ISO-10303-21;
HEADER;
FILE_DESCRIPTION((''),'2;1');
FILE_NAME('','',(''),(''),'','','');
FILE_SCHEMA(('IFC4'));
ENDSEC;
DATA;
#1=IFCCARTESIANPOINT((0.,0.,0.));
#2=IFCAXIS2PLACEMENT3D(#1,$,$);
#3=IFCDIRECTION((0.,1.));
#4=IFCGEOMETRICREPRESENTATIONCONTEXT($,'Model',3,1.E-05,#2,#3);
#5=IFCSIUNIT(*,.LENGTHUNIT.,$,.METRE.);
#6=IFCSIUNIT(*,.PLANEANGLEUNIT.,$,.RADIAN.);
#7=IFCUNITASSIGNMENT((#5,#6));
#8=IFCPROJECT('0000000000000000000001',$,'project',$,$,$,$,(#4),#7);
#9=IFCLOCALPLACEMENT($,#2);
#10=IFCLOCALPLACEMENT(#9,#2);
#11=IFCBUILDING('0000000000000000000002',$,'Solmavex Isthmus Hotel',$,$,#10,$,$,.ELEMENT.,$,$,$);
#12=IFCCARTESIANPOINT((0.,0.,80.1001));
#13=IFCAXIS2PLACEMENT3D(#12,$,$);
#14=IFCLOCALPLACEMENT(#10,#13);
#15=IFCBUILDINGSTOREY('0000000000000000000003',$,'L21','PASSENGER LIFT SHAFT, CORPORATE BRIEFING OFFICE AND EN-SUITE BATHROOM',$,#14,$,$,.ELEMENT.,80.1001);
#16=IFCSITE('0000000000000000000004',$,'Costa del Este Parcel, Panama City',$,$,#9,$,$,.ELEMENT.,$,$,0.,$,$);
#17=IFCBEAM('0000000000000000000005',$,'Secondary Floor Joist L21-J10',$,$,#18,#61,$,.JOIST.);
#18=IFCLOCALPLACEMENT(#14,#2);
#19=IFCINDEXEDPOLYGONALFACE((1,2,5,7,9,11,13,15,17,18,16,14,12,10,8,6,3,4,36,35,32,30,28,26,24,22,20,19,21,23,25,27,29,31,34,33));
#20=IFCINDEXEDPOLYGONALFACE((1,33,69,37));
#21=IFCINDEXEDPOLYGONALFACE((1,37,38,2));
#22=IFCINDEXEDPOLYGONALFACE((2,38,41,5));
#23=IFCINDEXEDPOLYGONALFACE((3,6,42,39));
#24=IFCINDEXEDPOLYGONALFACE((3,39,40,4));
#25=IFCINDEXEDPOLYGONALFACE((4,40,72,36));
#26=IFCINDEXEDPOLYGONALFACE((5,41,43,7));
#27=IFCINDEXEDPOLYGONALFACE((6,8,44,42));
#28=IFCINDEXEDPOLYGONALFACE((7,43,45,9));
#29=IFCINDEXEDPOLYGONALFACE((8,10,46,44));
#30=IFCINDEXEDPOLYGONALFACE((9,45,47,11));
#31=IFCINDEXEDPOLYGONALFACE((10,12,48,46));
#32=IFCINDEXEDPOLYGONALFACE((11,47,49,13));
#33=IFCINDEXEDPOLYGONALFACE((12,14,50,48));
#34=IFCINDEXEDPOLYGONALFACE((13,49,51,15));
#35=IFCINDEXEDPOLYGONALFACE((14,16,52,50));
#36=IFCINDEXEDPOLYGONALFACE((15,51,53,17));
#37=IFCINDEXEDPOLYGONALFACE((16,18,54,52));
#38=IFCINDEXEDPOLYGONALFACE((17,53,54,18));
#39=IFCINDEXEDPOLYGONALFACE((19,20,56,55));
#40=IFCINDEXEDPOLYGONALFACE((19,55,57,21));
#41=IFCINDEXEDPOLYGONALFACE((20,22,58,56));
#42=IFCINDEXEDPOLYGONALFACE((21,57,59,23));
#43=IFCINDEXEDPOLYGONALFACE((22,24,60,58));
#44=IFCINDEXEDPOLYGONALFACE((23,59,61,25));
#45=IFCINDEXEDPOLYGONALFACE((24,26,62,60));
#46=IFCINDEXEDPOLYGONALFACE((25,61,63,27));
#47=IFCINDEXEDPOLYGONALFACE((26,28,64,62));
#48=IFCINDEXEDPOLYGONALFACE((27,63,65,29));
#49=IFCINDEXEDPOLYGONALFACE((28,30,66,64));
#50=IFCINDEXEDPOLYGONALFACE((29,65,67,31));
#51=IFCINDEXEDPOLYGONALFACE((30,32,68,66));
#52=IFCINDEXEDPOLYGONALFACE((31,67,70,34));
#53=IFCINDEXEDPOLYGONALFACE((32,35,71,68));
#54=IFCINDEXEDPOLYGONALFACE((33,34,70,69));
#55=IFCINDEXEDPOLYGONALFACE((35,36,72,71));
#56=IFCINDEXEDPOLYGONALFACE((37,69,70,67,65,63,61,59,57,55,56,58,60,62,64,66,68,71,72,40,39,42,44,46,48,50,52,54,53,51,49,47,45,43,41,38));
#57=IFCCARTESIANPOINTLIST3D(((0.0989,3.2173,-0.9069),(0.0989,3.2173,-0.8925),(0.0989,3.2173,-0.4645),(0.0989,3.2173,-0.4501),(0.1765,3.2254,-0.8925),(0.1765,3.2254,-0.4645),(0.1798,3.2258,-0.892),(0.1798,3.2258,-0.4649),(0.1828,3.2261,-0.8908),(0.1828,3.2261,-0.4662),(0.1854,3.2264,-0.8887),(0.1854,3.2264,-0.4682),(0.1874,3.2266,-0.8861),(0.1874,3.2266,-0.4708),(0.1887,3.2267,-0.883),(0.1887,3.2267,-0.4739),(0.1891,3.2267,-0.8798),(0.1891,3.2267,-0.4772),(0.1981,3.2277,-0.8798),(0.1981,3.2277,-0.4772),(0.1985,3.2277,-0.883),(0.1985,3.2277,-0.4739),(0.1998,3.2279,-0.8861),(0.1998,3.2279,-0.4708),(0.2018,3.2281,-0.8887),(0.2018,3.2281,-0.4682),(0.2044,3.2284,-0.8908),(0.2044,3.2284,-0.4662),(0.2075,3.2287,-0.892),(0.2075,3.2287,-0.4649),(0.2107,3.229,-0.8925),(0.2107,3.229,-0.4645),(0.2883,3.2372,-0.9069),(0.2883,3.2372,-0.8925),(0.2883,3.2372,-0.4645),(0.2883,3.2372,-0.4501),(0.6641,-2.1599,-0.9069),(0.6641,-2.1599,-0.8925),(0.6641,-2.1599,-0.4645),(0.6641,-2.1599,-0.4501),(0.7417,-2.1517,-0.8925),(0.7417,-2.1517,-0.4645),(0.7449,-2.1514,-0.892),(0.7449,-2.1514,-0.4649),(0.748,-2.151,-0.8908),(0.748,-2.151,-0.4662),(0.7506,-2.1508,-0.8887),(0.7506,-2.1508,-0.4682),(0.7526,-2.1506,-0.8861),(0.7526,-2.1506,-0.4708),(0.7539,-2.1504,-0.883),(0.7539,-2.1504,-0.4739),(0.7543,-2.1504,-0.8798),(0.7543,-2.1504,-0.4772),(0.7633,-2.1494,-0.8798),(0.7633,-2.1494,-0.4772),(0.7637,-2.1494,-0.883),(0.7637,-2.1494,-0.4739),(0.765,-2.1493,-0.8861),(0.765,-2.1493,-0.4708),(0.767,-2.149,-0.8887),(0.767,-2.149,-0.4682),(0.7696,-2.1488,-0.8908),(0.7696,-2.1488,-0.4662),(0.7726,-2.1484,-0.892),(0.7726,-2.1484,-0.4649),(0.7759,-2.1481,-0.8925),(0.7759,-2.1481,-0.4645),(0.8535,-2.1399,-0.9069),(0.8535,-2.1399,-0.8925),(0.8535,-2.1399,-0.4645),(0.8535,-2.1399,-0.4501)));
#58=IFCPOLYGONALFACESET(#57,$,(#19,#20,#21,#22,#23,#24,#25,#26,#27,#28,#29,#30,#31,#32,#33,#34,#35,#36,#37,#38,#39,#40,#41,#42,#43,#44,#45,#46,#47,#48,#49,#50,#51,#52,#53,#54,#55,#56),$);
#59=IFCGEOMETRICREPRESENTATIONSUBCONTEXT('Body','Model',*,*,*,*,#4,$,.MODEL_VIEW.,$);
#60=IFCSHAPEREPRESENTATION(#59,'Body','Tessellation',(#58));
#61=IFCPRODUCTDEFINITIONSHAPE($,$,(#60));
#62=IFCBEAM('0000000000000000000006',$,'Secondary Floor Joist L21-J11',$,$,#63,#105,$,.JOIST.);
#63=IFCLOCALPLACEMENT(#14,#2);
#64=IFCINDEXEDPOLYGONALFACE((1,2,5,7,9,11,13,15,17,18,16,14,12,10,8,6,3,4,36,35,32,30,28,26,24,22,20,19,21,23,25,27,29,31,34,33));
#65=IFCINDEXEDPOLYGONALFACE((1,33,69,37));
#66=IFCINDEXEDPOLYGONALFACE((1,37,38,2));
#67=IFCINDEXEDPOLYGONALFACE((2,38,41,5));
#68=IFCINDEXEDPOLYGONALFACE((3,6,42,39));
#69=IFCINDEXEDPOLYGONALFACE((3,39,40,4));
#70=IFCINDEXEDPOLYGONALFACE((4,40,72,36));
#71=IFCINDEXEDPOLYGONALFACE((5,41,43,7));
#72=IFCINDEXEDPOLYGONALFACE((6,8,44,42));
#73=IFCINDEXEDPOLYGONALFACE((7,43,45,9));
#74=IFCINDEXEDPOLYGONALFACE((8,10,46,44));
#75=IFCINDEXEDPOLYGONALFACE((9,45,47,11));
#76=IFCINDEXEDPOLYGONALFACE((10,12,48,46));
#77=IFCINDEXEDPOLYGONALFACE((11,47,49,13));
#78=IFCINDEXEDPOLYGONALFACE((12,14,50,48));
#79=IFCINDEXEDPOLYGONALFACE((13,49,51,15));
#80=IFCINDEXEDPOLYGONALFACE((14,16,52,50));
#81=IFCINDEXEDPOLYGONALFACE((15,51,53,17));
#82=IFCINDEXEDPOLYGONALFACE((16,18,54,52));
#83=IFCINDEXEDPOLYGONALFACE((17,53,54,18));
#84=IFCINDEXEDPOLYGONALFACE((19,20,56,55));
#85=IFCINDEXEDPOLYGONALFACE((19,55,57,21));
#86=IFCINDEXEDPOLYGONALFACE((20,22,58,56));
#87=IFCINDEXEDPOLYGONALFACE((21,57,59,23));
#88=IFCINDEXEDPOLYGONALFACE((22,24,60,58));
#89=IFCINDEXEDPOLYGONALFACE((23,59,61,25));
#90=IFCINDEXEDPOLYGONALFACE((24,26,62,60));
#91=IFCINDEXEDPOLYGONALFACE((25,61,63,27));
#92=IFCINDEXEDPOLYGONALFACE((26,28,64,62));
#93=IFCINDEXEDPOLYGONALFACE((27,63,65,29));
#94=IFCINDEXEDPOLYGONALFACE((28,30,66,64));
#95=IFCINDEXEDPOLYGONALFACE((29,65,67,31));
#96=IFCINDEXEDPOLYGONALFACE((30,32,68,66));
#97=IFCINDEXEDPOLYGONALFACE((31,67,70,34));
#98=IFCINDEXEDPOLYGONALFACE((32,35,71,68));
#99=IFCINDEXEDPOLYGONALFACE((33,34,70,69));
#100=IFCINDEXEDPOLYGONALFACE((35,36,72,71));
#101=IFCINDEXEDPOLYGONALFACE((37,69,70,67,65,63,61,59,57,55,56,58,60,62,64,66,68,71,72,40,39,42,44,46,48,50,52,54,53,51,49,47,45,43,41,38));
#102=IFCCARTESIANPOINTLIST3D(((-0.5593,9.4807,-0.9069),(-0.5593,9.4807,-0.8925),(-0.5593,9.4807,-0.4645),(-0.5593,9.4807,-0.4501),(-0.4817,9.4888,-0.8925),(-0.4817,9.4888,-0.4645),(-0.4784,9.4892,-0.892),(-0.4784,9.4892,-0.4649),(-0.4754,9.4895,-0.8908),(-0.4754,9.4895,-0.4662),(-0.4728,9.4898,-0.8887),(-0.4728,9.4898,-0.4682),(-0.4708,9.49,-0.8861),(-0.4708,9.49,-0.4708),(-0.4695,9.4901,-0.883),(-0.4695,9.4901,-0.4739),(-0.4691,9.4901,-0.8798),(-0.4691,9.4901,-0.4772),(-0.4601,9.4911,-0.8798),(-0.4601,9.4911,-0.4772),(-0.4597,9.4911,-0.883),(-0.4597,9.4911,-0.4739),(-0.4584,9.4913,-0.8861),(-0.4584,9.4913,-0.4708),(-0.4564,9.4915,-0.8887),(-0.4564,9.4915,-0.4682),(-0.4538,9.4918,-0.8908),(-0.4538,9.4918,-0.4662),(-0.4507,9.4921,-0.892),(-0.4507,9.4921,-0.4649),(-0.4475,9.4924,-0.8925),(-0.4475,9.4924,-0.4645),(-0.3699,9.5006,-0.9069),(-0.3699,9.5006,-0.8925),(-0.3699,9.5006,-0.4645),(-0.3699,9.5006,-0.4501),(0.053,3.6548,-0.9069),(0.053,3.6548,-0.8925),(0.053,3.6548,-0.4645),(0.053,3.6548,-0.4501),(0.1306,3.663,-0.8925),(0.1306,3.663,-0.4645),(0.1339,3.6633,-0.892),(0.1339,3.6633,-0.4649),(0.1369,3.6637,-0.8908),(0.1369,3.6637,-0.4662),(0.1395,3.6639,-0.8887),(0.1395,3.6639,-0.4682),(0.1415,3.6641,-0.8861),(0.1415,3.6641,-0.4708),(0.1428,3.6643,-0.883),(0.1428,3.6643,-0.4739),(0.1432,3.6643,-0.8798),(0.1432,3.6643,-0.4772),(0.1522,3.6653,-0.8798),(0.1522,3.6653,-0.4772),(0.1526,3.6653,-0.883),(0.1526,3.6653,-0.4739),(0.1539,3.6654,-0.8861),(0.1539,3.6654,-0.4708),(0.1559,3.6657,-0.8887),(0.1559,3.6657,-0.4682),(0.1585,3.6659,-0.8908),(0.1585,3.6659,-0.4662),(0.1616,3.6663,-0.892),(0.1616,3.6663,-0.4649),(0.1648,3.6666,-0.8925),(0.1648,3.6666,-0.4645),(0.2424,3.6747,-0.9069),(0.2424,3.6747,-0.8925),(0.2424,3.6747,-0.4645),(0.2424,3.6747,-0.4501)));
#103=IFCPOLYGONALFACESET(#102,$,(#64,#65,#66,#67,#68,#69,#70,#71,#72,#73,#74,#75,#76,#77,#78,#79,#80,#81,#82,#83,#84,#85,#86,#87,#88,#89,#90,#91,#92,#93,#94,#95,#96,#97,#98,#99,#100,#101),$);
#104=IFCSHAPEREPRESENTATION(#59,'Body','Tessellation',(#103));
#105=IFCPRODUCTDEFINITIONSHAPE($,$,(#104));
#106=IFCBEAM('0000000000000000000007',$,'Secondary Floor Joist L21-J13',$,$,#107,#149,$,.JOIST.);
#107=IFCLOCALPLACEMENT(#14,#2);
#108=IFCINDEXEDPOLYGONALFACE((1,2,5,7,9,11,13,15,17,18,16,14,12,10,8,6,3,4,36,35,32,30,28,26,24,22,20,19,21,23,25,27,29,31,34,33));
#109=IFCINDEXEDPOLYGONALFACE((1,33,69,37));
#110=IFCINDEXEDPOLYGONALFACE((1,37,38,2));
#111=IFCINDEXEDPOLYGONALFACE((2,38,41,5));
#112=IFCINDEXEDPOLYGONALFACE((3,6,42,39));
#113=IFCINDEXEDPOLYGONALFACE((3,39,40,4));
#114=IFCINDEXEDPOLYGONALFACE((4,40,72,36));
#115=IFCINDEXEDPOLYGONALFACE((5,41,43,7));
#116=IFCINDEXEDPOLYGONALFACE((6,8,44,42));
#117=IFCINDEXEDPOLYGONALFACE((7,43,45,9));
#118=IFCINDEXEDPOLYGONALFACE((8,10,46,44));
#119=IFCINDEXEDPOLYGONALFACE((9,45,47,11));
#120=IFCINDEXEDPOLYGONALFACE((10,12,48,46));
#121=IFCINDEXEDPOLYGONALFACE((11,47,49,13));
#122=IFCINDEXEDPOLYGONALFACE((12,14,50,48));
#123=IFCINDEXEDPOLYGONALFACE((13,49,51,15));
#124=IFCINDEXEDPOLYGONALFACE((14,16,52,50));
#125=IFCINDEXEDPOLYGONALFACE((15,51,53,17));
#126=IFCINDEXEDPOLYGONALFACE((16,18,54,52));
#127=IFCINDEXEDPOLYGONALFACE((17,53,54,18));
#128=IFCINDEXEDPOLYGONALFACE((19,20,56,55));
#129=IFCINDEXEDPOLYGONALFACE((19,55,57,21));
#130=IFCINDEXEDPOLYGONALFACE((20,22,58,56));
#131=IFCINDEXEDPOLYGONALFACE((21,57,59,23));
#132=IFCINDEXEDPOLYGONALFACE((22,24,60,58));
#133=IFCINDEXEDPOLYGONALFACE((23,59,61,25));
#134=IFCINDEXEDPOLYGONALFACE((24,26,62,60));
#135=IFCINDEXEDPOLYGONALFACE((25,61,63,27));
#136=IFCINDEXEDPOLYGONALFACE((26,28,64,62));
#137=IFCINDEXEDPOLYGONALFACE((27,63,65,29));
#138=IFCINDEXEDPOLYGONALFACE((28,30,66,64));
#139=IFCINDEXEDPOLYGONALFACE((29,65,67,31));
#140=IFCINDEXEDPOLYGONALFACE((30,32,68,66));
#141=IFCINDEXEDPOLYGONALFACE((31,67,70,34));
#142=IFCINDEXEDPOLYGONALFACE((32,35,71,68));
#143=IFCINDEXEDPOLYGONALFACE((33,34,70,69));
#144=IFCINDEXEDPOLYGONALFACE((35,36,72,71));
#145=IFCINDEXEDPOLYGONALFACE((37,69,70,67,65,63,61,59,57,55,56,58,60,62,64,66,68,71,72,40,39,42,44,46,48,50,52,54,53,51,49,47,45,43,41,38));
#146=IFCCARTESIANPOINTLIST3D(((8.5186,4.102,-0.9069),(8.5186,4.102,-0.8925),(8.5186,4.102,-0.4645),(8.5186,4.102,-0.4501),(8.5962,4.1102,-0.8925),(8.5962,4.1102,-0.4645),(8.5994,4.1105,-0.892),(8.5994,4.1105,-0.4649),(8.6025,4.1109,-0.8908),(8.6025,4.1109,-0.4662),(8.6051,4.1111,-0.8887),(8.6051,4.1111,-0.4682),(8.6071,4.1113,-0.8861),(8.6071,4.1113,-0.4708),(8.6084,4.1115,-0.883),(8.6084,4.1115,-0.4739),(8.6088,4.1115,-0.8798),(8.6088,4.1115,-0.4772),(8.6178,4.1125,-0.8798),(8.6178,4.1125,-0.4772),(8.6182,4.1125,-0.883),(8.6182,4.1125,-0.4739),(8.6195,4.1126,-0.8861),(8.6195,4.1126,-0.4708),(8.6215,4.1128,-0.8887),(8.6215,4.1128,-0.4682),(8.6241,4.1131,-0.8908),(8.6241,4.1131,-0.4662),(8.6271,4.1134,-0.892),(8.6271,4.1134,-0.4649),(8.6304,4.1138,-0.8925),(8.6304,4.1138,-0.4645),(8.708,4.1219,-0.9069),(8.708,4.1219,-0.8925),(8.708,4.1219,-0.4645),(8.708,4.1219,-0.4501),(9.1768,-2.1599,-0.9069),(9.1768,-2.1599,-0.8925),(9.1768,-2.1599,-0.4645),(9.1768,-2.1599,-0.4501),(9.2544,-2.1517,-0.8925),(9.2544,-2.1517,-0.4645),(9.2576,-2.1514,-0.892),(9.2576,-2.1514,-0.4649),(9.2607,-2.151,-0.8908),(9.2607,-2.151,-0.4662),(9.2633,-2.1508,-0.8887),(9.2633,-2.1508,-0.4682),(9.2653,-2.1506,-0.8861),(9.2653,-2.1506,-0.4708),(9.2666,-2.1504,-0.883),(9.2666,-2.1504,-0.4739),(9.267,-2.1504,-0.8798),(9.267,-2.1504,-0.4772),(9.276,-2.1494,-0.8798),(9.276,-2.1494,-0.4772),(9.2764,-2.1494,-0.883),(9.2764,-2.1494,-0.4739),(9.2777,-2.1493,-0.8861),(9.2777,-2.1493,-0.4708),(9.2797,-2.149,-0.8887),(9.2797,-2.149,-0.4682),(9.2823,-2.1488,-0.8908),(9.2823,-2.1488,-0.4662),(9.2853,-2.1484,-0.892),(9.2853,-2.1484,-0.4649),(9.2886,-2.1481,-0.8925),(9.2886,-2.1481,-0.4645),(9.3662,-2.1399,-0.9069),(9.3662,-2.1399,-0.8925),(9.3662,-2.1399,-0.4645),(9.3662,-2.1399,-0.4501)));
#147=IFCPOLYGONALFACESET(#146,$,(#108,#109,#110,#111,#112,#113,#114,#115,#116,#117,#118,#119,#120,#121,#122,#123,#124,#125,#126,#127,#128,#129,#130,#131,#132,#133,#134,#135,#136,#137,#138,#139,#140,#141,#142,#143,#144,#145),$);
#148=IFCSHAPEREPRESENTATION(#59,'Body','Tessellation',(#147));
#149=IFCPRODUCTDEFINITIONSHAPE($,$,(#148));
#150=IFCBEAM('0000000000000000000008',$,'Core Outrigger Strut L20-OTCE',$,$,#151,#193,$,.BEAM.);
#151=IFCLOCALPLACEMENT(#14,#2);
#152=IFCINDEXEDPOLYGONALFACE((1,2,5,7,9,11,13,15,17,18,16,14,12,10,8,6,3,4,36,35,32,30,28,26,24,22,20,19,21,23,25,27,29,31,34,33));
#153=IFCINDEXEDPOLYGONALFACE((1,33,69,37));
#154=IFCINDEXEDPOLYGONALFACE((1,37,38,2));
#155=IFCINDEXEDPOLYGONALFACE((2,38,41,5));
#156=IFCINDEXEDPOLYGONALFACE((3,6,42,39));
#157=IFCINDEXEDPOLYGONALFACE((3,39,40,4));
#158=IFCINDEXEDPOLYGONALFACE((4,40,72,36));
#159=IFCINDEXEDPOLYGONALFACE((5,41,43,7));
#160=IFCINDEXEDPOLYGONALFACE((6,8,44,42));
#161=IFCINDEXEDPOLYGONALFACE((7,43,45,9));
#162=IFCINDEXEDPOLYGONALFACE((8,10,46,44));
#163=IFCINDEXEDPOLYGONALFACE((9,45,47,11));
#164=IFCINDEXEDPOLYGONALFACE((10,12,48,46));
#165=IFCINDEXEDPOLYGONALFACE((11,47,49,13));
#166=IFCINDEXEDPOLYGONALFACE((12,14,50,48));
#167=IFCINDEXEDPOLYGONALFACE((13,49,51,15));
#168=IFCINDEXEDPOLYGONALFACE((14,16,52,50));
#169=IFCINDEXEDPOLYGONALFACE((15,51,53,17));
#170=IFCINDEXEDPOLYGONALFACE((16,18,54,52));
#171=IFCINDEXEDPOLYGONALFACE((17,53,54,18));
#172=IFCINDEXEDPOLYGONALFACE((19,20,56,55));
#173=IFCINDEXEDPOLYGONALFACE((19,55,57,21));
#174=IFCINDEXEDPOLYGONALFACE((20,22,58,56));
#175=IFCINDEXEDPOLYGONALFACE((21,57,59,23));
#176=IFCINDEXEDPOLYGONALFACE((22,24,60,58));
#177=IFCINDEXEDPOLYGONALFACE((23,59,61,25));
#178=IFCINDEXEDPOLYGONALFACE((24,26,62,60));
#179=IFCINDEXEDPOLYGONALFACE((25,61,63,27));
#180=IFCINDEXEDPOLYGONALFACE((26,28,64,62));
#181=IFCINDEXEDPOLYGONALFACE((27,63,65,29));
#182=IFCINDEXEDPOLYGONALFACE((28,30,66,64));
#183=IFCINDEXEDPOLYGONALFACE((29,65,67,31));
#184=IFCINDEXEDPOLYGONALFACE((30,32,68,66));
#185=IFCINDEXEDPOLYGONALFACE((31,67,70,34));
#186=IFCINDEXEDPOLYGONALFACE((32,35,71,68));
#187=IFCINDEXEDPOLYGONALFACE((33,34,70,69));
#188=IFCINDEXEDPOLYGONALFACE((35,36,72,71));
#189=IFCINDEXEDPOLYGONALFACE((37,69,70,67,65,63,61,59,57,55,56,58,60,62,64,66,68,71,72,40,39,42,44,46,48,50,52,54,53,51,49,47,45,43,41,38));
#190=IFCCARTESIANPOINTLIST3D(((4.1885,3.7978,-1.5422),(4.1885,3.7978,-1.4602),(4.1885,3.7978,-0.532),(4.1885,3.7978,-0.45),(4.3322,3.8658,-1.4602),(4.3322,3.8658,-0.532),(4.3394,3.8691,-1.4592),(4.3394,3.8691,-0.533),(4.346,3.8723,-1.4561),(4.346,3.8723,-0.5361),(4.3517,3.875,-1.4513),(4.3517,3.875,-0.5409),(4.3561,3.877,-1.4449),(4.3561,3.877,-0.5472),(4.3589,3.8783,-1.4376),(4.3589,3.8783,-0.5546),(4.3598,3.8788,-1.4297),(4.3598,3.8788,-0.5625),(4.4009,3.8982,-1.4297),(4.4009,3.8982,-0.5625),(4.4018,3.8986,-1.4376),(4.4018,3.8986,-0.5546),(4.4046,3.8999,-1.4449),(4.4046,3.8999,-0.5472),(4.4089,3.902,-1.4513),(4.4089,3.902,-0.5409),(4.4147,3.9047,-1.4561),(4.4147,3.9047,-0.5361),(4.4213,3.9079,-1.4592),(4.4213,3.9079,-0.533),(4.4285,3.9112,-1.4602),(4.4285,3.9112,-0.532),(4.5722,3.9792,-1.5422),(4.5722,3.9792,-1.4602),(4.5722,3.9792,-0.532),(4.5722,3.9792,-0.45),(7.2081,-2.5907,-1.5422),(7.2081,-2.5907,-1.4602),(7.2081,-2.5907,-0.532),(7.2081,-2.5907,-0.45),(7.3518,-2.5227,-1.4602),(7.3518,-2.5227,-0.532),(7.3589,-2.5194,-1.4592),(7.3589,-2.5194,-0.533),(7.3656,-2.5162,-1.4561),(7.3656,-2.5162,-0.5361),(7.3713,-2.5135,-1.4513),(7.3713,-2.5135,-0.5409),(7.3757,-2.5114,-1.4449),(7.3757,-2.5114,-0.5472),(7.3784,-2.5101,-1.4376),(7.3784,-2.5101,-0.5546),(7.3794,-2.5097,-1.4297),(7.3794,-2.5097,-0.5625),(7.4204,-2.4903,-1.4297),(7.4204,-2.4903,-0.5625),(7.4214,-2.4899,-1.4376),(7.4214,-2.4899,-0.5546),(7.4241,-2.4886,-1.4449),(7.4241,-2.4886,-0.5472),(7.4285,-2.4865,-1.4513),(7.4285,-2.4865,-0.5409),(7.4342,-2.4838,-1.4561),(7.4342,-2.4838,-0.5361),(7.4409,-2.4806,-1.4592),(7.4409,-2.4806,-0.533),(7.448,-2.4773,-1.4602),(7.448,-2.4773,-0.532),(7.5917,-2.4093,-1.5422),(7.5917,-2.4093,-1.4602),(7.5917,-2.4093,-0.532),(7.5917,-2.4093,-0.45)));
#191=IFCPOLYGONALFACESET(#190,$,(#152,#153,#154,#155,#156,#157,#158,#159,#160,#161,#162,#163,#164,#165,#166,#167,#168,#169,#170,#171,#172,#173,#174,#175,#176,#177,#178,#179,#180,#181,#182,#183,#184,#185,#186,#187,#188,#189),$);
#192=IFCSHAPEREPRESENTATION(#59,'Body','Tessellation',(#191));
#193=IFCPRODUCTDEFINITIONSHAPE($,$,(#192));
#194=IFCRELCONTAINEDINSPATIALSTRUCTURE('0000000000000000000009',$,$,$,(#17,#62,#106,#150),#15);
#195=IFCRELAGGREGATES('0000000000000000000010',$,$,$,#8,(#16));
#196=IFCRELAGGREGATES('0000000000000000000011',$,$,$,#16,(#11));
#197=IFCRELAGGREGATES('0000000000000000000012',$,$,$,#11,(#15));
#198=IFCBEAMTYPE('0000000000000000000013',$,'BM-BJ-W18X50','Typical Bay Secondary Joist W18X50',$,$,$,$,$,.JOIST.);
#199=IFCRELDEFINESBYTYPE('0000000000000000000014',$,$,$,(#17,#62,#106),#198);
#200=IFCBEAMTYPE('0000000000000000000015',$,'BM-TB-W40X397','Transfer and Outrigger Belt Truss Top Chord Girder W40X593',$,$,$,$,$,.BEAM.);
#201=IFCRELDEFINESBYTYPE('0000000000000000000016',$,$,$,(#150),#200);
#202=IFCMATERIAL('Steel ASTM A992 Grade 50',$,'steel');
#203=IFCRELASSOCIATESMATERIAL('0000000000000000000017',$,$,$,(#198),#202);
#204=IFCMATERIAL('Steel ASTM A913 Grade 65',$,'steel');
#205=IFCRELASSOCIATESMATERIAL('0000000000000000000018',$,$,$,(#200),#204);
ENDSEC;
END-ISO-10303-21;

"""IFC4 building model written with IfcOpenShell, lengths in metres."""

from ifc_helpers import new_model, si_unit, direction, frame, origin, origin_2d, place, context, subcontext, project, spatial, i_section, extrude, material, material_profile, profile_set, type_object, element, save


model = new_model("IFC4")

# Units and contexts
model_context = context("Model", 3, precision=1e-05, world=origin(), true_north=direction((0.0, 1.0)))
body_context = subcontext(model_context, "Body", "Model", "MODEL_VIEW")
ifc_project = project(units=[si_unit("LENGTHUNIT", "METRE"), si_unit("PLANEANGLEUNIT", "RADIAN")], contexts=[model_context])

# Site, building, storey
site_placement = place(None, origin())
site = spatial("IfcSite", under=ifc_project, at=site_placement, Name="Costa del Este Parcel, Panama City", CompositionType="ELEMENT", RefElevation=0.0)
building_placement = place(site_placement, origin())
building = spatial("IfcBuilding", under=site, at=building_placement, Name="Solmavex Isthmus Hotel", CompositionType="ELEMENT")
storey_placement = place(building_placement, frame((0.0, 0.0, 80.1001)))
storey = spatial("IfcBuildingStorey", under=building, at=storey_placement, Name="L21", Description="PASSENGER LIFT SHAFT, CORPORATE BRIEFING OFFICE AND EN-SUITE BATHROOM", CompositionType="ELEMENT", Elevation=80.1001)

# Beams
ifc_material_1 = material(Name="Steel ASTM A992 Grade 50", Category="steel")
ifc_material_profile_1 = material_profile(ifc_material_1, i_section(OverallWidth=0.1904, OverallDepth=0.4568, WebThickness=0.009, FlangeThickness=0.0144, FilletRadius=0.0127, at=origin_2d()), Name="W18X50")
ifc_profile_set_1 = profile_set([ifc_material_profile_1], Name="Steel ASTM A992 Grade 50")
beam_type_1 = type_object("IfcBeamType", Name="BM-BJ-W18X50", Description="Typical Bay Secondary Joist W18X50", PredefinedType="JOIST", material=ifc_profile_set_1)
beam_1_placement = place(storey_placement, frame((0.7588, -2.1499, -0.6785), z_axis=(-0.104532, 0.994522, 0.0), x_axis=(-0.994522, -0.104532, 0.0)))
element("IfcBeam", 1, at=beam_1_placement, inside=storey, type_object=beam_type_1, Name="Secondary Floor Joist L21-J10", PredefinedType="JOIST", context=body_context, shape_type="SweptSolid", body=[
    extrude(i_section(OverallWidth=0.1904, OverallDepth=0.4568, WebThickness=0.009, FlangeThickness=0.0144, FilletRadius=0.0127, at=origin_2d()), origin(), (0.0, 0.0, 1.0), 5.4067),
])
beam_2_placement = place(storey_placement, frame((0.1477, 3.6648, -0.6785), z_axis=(-0.104524, 0.994522, 0.0), x_axis=(-0.994522, -0.104524, 0.0)))
element("IfcBeam", 2, at=beam_2_placement, inside=storey, type_object=beam_type_1, Name="Secondary Floor Joist L21-J11", PredefinedType="JOIST", context=body_context, shape_type="SweptSolid", body=[
    extrude(i_section(OverallWidth=0.1904, OverallDepth=0.4568, WebThickness=0.009, FlangeThickness=0.0144, FilletRadius=0.0127, at=origin_2d()), origin(), (0.0, 0.0, 1.0), 5.8579),
])
beam_3_placement = place(storey_placement, frame((9.2715, -2.1499, -0.6785), z_axis=(-0.104535, 0.994521, 0.0), x_axis=(-0.994521, -0.104535, 0.0)))
element("IfcBeam", 3, at=beam_3_placement, inside=storey, type_object=beam_type_1, Name="Secondary Floor Joist L21-J13", PredefinedType="JOIST", context=body_context, shape_type="SweptSolid", body=[
    extrude(i_section(OverallWidth=0.1904, OverallDepth=0.4568, WebThickness=0.009, FlangeThickness=0.0144, FilletRadius=0.0127, at=origin_2d()), origin(), (0.0, 0.0, 1.0), 6.2964),
])
ifc_material_2 = material(Name="Steel ASTM A913 Grade 65", Category="steel")
ifc_material_profile_2 = material_profile(ifc_material_2, i_section(OverallWidth=0.4243, OverallDepth=1.0923, WebThickness=0.0454, FlangeThickness=0.082, FilletRadius=0.0305, at=origin_2d()), Name="W40X593")
ifc_profile_set_2 = profile_set([ifc_material_profile_2], Name="Steel ASTM A913 Grade 65")
beam_type_2 = type_object("IfcBeamType", Name="BM-TB-W40X397", Description="Transfer and Outrigger Belt Truss Top Chord Girder W40X593", PredefinedType="BEAM", material=ifc_profile_set_2)
beam_4_placement = place(storey_placement, frame((7.3999, -2.5, -0.9961), z_axis=(-0.427327, 0.904097, 0.0), x_axis=(-0.904097, -0.427327, 0.0)))
element("IfcBeam", 4, at=beam_4_placement, inside=storey, type_object=beam_type_2, Name="Core Outrigger Strut L20-OTCE", PredefinedType="BEAM", context=body_context, shape_type="SweptSolid", body=[
    extrude(i_section(OverallWidth=0.4243, OverallDepth=1.0923, WebThickness=0.0454, FlangeThickness=0.082, FilletRadius=0.0305, at=origin_2d()), origin(), (0.0, 0.0, 1.0), 7.0662),
])

save(model, "model.ifc")
